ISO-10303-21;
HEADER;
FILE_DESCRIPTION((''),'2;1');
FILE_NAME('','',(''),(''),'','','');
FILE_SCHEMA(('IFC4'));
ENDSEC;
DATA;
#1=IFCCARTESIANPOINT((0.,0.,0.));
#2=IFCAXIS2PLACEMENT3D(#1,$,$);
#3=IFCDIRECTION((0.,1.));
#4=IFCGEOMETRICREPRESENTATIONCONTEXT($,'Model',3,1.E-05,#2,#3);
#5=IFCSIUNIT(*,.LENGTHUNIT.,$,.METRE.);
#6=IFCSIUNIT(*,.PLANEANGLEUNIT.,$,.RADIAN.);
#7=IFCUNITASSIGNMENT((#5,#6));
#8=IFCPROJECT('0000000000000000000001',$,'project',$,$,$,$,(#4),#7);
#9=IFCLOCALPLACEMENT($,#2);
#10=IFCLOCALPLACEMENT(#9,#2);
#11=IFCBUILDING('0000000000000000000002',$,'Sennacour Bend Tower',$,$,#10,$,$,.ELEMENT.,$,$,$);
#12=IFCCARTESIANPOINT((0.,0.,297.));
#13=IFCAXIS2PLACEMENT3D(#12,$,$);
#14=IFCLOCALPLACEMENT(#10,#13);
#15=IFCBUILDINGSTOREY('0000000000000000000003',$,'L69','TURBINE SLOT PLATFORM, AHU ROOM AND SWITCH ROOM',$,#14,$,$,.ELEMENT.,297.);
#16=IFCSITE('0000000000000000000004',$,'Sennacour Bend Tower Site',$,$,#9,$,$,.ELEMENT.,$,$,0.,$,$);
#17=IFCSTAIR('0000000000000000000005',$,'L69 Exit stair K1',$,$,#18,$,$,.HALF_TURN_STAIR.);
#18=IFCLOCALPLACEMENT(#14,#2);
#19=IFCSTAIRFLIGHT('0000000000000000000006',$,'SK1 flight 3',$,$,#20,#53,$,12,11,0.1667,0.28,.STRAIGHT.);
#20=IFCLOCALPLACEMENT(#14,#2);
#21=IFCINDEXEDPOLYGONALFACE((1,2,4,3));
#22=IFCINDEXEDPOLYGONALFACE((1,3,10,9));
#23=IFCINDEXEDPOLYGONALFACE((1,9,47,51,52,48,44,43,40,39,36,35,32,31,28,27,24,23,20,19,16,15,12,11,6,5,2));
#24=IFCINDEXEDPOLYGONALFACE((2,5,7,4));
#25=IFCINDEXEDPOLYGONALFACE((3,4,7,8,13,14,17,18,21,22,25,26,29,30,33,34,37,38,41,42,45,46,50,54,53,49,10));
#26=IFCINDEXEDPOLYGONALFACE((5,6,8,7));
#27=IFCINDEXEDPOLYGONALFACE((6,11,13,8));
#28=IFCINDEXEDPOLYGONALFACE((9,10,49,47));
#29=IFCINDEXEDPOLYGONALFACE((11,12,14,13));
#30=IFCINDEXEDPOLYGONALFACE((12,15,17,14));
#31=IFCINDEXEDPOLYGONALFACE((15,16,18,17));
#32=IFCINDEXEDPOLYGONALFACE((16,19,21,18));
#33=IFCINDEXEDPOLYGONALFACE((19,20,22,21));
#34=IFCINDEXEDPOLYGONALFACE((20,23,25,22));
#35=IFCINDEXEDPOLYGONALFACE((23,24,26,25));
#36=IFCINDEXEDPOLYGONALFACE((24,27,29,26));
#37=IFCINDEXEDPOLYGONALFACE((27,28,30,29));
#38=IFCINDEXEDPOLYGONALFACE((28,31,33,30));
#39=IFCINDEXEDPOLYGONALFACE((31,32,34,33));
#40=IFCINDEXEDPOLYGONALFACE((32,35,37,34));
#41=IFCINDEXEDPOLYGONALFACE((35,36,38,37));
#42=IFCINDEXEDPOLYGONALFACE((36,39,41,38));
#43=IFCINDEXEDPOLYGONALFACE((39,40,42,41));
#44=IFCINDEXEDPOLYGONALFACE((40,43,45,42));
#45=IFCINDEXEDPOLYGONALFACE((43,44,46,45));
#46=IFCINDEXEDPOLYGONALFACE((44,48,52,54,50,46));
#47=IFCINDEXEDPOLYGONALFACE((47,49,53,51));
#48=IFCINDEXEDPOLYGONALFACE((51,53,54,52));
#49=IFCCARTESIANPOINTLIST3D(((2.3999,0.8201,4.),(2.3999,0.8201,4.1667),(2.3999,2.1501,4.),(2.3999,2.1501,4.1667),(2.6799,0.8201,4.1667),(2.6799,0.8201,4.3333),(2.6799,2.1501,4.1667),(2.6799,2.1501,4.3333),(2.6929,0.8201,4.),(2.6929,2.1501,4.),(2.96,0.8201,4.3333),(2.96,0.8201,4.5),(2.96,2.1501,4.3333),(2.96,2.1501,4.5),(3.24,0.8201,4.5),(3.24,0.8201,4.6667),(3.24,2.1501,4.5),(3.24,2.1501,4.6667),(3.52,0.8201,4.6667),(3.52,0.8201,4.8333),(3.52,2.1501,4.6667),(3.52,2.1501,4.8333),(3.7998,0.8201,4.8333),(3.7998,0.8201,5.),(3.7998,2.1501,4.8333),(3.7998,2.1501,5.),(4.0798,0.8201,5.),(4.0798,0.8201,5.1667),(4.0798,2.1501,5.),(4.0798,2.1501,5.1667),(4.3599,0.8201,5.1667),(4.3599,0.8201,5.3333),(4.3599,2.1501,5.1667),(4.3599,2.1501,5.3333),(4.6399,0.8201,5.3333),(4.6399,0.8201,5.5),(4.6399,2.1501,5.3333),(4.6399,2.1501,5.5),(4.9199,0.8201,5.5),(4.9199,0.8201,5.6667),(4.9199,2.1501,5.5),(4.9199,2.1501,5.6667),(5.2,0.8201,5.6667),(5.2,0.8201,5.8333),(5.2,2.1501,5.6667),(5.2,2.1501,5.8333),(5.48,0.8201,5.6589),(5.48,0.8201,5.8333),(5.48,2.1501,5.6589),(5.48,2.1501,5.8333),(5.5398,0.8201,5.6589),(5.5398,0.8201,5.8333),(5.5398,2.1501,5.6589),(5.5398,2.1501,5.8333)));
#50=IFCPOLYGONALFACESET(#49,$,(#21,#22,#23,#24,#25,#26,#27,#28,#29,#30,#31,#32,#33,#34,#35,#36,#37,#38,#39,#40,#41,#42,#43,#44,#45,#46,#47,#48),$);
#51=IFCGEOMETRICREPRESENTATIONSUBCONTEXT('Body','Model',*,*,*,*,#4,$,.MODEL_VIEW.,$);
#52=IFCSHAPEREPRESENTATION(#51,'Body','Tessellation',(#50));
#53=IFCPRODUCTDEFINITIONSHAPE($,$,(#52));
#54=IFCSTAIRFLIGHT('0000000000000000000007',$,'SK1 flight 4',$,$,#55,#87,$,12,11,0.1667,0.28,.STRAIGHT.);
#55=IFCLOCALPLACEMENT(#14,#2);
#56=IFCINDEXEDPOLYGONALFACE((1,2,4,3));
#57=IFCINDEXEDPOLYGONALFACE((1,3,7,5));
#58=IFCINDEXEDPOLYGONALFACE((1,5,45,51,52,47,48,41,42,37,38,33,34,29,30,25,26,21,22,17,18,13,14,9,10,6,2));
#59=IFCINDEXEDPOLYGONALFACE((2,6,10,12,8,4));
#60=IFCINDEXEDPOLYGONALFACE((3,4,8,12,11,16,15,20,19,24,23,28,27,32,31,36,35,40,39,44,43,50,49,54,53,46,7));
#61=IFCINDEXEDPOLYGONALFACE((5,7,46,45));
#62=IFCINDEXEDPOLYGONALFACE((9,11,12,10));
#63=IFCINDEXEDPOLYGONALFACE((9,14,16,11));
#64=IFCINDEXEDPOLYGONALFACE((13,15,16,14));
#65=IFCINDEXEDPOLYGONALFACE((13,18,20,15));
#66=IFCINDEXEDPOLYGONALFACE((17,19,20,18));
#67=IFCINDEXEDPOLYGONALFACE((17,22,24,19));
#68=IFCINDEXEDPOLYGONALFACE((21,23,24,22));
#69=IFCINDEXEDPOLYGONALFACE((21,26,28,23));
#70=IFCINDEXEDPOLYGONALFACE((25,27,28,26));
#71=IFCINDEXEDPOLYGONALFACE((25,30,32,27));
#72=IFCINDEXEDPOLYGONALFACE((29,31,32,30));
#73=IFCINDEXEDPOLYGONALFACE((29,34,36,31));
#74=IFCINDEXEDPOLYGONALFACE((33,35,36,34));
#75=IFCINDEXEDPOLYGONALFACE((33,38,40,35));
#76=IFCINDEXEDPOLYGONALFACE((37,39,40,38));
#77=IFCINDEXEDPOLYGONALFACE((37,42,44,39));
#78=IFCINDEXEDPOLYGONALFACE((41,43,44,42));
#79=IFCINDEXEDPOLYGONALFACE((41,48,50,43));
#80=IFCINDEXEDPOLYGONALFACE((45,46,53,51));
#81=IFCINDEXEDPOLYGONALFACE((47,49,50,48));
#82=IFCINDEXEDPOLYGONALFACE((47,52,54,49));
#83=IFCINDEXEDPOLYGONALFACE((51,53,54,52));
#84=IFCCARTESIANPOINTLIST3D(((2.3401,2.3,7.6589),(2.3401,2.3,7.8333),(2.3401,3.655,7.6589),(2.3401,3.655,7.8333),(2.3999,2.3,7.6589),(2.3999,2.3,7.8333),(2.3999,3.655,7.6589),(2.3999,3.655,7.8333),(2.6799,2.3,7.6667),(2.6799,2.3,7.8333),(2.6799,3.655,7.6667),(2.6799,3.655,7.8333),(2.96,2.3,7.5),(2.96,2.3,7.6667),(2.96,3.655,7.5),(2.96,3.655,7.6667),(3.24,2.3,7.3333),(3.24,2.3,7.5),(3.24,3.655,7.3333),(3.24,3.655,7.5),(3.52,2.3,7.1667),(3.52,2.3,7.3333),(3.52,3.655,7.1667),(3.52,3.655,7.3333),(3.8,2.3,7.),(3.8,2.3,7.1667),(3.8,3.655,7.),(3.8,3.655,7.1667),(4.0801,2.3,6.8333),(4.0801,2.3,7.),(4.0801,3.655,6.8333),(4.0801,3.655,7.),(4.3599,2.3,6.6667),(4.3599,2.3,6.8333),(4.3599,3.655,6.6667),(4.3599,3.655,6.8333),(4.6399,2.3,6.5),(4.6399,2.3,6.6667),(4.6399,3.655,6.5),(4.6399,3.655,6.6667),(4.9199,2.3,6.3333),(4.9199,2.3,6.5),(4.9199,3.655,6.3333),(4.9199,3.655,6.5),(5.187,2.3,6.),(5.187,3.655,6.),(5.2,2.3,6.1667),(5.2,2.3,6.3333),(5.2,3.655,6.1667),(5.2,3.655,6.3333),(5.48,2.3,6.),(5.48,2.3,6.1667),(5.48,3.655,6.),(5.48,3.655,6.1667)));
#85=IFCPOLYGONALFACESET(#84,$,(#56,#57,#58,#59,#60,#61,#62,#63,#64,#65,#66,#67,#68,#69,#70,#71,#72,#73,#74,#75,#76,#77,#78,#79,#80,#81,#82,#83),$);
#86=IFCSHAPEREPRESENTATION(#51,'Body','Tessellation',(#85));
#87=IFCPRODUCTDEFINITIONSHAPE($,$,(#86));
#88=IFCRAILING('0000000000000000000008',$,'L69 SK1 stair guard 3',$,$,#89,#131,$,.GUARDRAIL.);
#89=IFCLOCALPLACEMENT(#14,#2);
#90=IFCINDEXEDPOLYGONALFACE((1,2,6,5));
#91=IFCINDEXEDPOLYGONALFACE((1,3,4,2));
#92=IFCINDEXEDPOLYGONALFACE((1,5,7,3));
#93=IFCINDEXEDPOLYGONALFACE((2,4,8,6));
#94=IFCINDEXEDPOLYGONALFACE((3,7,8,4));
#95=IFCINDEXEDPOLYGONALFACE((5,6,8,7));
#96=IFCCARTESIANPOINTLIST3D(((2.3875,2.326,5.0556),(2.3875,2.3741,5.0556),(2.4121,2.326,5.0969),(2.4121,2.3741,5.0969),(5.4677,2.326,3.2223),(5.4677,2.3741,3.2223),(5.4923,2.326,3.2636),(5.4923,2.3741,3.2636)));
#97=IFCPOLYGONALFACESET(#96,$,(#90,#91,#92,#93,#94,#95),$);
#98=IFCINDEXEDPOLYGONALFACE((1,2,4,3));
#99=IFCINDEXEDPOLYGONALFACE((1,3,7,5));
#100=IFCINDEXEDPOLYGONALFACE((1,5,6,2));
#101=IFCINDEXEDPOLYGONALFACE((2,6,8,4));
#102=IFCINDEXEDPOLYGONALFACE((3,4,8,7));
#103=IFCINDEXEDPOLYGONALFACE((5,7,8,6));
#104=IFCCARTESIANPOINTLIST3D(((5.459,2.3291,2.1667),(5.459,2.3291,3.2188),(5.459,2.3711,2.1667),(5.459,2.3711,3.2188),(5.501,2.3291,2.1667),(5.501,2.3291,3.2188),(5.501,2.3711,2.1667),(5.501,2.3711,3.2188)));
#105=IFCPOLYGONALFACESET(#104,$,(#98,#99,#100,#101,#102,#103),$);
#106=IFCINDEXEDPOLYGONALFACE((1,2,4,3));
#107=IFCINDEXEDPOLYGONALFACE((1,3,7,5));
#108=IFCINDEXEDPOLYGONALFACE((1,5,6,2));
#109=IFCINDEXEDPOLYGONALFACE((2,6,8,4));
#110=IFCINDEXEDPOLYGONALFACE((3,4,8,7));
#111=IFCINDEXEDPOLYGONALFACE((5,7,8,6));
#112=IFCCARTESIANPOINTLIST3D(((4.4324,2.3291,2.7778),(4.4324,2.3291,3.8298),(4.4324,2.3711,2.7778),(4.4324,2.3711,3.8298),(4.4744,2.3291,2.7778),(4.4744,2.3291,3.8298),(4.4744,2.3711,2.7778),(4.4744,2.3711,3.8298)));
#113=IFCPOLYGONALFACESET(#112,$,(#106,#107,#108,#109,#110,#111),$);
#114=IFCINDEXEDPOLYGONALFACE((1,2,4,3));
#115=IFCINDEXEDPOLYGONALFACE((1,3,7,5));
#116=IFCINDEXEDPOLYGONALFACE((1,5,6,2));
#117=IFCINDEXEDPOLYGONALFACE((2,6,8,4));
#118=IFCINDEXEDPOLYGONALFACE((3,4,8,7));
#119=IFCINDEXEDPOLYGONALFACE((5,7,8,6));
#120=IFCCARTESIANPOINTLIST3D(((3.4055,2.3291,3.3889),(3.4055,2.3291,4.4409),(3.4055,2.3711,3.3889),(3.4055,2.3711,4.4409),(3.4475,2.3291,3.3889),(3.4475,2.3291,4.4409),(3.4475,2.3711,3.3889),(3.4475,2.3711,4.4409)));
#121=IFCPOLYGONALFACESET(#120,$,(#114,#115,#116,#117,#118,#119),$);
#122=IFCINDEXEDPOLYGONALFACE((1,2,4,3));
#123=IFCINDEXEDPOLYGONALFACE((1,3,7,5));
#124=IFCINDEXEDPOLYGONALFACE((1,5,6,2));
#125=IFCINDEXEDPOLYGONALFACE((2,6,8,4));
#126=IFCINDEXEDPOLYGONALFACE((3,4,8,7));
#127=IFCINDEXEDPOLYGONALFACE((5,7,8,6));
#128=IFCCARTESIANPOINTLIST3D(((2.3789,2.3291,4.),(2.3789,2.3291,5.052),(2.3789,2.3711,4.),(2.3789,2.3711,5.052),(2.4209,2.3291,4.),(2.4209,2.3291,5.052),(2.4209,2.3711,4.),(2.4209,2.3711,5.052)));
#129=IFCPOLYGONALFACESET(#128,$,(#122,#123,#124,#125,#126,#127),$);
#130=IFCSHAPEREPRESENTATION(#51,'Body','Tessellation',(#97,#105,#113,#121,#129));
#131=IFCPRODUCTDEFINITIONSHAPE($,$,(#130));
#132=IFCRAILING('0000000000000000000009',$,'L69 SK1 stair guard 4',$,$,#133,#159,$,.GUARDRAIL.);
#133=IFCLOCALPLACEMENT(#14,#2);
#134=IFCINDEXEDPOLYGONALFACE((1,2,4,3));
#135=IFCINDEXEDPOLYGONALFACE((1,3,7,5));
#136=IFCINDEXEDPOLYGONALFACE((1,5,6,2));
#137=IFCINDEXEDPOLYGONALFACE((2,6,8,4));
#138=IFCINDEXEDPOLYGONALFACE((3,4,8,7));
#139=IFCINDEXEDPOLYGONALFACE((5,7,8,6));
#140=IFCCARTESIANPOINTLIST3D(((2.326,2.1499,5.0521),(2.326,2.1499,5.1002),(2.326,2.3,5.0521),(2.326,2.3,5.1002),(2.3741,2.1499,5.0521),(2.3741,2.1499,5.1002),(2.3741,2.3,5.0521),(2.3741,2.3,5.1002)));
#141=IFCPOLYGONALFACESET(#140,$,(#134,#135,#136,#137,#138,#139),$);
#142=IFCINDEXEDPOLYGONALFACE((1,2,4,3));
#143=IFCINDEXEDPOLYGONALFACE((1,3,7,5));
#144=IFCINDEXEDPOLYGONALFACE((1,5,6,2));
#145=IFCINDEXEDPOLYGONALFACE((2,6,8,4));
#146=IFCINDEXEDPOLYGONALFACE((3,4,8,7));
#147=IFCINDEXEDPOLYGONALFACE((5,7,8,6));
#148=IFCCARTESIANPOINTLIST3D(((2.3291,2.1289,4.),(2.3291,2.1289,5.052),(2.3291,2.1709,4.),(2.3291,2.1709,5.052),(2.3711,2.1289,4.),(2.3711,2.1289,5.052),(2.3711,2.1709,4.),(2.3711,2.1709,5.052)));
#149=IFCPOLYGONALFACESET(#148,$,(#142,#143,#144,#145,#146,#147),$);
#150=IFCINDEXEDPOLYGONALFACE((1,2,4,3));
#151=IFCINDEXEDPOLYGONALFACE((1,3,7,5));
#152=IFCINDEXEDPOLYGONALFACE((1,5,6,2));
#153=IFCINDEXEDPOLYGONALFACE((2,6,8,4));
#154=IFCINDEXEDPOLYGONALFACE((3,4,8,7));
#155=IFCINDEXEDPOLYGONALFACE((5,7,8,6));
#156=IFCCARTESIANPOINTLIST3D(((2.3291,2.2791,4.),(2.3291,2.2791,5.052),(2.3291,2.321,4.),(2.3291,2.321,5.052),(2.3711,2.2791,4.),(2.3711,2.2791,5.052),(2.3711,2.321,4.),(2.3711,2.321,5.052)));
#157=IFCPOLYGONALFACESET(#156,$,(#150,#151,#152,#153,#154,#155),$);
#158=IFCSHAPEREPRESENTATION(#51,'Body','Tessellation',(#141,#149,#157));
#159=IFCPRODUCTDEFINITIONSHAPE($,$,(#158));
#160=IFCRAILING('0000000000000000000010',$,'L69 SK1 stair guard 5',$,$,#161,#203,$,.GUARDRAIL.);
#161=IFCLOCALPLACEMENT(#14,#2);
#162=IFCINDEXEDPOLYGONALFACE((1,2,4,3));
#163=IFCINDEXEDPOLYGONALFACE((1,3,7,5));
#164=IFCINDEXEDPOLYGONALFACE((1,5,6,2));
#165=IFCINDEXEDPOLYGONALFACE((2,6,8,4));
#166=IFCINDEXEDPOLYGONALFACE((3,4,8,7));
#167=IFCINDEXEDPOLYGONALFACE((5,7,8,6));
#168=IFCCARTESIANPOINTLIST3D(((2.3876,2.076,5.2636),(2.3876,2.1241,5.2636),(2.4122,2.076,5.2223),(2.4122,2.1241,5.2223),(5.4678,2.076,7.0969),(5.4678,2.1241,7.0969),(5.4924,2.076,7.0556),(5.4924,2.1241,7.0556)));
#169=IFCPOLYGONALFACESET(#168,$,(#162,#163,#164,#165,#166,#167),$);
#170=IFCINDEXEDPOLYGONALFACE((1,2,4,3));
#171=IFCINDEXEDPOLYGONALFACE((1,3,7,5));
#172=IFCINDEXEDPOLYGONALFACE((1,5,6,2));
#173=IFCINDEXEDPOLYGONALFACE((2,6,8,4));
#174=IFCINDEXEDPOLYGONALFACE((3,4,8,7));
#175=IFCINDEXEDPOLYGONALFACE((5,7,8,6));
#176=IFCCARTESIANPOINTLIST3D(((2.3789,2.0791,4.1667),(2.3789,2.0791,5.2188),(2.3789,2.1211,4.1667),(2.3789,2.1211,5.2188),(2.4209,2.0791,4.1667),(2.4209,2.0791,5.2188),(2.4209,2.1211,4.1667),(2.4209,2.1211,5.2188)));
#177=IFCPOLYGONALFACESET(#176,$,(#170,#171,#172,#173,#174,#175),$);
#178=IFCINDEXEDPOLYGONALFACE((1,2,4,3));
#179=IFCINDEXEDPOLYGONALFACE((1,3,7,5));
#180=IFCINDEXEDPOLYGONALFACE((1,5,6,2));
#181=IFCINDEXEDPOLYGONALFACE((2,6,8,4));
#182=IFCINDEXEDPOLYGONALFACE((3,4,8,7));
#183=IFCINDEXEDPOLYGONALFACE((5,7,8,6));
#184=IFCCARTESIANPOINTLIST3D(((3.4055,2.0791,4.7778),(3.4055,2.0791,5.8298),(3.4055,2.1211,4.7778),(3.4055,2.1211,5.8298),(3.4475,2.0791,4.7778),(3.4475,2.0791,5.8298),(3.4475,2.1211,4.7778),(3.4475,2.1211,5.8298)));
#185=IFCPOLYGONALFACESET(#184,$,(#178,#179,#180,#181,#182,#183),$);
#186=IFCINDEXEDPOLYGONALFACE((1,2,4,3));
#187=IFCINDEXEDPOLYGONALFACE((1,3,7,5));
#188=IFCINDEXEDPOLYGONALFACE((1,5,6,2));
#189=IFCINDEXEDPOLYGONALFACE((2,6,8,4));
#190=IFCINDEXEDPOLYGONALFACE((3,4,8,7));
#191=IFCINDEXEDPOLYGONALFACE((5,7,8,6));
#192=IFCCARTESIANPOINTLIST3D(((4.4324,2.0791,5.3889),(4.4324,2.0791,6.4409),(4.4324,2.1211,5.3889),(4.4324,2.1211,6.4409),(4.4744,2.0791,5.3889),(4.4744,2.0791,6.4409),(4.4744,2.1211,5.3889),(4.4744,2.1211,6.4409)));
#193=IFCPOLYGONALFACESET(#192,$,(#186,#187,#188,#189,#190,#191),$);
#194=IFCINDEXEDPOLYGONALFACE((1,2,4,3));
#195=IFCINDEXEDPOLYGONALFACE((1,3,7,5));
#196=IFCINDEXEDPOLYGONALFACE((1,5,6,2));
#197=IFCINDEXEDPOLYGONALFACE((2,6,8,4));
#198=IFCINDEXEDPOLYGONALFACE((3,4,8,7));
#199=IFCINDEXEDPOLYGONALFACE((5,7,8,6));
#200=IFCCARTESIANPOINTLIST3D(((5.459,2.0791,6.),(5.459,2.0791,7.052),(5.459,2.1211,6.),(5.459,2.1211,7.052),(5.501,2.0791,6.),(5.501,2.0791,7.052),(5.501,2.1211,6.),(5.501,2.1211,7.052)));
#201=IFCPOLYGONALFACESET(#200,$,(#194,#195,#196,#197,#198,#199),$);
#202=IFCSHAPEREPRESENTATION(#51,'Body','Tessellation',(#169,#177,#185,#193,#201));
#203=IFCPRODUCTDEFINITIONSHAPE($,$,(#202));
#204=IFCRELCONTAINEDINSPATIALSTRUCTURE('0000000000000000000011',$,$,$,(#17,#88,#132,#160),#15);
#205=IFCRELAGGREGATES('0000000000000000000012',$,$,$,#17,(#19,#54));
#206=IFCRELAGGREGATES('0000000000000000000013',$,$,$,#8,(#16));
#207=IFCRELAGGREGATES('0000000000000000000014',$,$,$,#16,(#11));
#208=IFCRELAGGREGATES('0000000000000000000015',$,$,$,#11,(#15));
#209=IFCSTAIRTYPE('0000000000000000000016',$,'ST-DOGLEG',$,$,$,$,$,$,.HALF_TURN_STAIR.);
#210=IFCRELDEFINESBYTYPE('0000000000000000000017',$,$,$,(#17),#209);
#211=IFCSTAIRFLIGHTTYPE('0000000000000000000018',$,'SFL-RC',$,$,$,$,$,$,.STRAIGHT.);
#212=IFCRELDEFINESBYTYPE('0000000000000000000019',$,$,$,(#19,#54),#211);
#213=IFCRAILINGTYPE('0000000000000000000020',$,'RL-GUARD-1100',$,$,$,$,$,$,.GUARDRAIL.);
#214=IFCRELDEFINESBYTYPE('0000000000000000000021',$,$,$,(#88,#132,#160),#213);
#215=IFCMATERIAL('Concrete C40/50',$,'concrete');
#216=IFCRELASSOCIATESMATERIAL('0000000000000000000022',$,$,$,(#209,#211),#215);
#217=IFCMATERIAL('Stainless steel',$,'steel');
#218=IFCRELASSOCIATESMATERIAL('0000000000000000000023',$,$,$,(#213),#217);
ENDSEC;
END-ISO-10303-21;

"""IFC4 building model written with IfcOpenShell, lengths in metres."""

from ifc_helpers import new_model, si_unit, direction, frame, origin, origin_2d, place, context, subcontext, project, spatial, polyline, rectangle, outline, extrude, material, type_object, element, aggregate, save


model = new_model("IFC4")

# Units and contexts
model_context = context("Model", 3, precision=1e-05, world=origin(), true_north=direction((0.0, 1.0)))
body_context = subcontext(model_context, "Body", "Model", "MODEL_VIEW")
ifc_project = project(units=[si_unit("LENGTHUNIT", "METRE"), si_unit("PLANEANGLEUNIT", "RADIAN")], contexts=[model_context])

# Site, building, storey
site_placement = place(None, origin())
site = spatial("IfcSite", under=ifc_project, at=site_placement, Name="Sennacour Bend Tower Site", CompositionType="ELEMENT", RefElevation=0.0)
building_placement = place(site_placement, origin())
building = spatial("IfcBuilding", under=site, at=building_placement, Name="Sennacour Bend Tower", CompositionType="ELEMENT")
storey_placement = place(building_placement, frame((0.0, 0.0, 297.0)))
storey = spatial("IfcBuildingStorey", under=building, at=storey_placement, Name="L69", Description="TURBINE SLOT PLATFORM, AHU ROOM AND SWITCH ROOM", CompositionType="ELEMENT", Elevation=297.0)

# Shared definitions
ifc_material_1 = material(Name="Concrete C40/50", Category="concrete")

# Shared definitions
stair_type = type_object("IfcStairType", Name="ST-DOGLEG", PredefinedType="HALF_TURN_STAIR", material=ifc_material_1)

# Stair, stair flights
stair_1_placement = place(storey_placement, origin())
stair_1 = element("IfcStair", 1, at=stair_1_placement, inside=storey, type_object=stair_type, Name="L69 Exit stair K1", PredefinedType="HALF_TURN_STAIR")
stair_flight_type = type_object("IfcStairFlightType", Name="SFL-RC", PredefinedType="STRAIGHT", material=ifc_material_1)
stair_flight_1_placement = place(storey_placement, frame((2.3999, 1.4851, 4.0), z_axis=(0.0, 0.0, 1.0), x_axis=(1.0, 0.0, 0.0)))
stair_flight_1 = element("IfcStairFlight", 2, at=stair_flight_1_placement, type_object=stair_flight_type, Name="SK1 flight 3", NumberOfRisers=12, NumberOfTreads=11, PredefinedType="STRAIGHT", RiserHeight=0.1667, TreadLength=0.28, context=body_context, shape_type="SweptSolid", body=[
    extrude(outline(polyline([(0.0, 0.0), (0.0, 0.1667), (0.28, 0.1667), (0.28, 0.3333), (0.5601, 0.3333), (0.5601, 0.5), (0.8401, 0.5), (0.8401, 0.6667), (1.1201, 0.6667), (1.1201, 0.8333), (1.3999, 0.8333), (1.3999, 1.0), (1.6799, 1.0), (1.6799, 1.1667), (1.96, 1.1667), (1.96, 1.3333), (2.24, 1.3333), (2.24, 1.5), (2.52, 1.5), (2.52, 1.6667), (2.8, 1.6667), (2.8, 1.8333), (3.0801, 1.8333), (3.1399, 1.8333), (3.1399, 1.6589), (3.0801, 1.6589), (0.293, 0.0), (0.0, 0.0)])), frame((0.0, 0.665, 0.0), z_axis=(0.0, -1.0, 0.0), x_axis=(1.0, 0.0, 0.0)), (0.0, 0.0, 1.0), 1.3301),
])
stair_flight_2_placement = place(storey_placement, frame((5.48, 2.9775, 6.0), z_axis=(0.0, 0.0, 1.0), x_axis=(-1.0, 0.0, 0.0)))
stair_flight_2 = element("IfcStairFlight", 3, at=stair_flight_2_placement, type_object=stair_flight_type, Name="SK1 flight 4", NumberOfRisers=12, NumberOfTreads=11, PredefinedType="STRAIGHT", RiserHeight=0.1667, TreadLength=0.28, context=body_context, shape_type="SweptSolid", body=[
    extrude(outline(polyline([(0.0, 0.0), (0.0, 0.1667), (0.28, 0.1667), (0.28, 0.3333), (0.5601, 0.3333), (0.5601, 0.5), (0.8401, 0.5), (0.8401, 0.6667), (1.1201, 0.6667), (1.1201, 0.8333), (1.3999, 0.8333), (1.3999, 1.0), (1.6799, 1.0), (1.6799, 1.1667), (1.96, 1.1667), (1.96, 1.3333), (2.24, 1.3333), (2.24, 1.5), (2.52, 1.5), (2.52, 1.6667), (2.8, 1.6667), (2.8, 1.8333), (3.0801, 1.8333), (3.1399, 1.8333), (3.1399, 1.6589), (3.0801, 1.6589), (0.293, 0.0), (0.0, 0.0)])), frame((0.0, 0.6775, 0.0), z_axis=(0.0, -1.0, 0.0), x_axis=(1.0, 0.0, 0.0)), (0.0, 0.0, 1.0), 1.355),
])
aggregate(stair_1, [stair_flight_1, stair_flight_2])

# Railings
ifc_material_2 = material(Name="Stainless steel", Category="steel")
railing_type_1 = type_object("IfcRailingType", Name="RL-GUARD-1100", PredefinedType="GUARDRAIL", material=ifc_material_2)
railing_1_placement = place(storey_placement, frame((5.48, 2.3501, 2.1667)))
element("IfcRailing", 4, at=railing_1_placement, inside=storey, type_object=railing_type_1, Name="L69 SK1 stair guard 3", PredefinedType="GUARDRAIL", context=body_context, shape_type="SweptSolid", body=[
    extrude(rectangle(XDim=0.0481, YDim=0.0481, at=origin_2d()), frame((0.0, 0.0, 1.0762), z_axis=(-0.859309, 0.0, 0.511458), x_axis=(0.0, -1.0, 0.0)), (0.0, 0.0, 1.0), 3.5845),
    extrude(rectangle(XDim=0.042, YDim=0.042, at=origin_2d()), origin(), (0.0, 0.0, 1.0), 1.052),
    extrude(rectangle(XDim=0.042, YDim=0.042, at=origin_2d()), frame((-1.0266, 0.0, 0.6111)), (0.0, 0.0, 1.0), 1.052),
    extrude(rectangle(XDim=0.042, YDim=0.042, at=origin_2d()), frame((-2.0535, 0.0, 1.2222)), (0.0, 0.0, 1.0), 1.052),
    extrude(rectangle(XDim=0.042, YDim=0.042, at=origin_2d()), frame((-3.0801, 0.0, 1.8333)), (0.0, 0.0, 1.0), 1.052),
])
railing_2_placement = place(storey_placement, frame((2.3501, 2.1499, 4.0)))
element("IfcRailing", 5, at=railing_2_placement, inside=storey, type_object=railing_type_1, Name="L69 SK1 stair guard 4", PredefinedType="GUARDRAIL", context=body_context, shape_type="SweptSolid", body=[
    extrude(rectangle(XDim=0.0481, YDim=0.0481, at=origin_2d()), frame((0.0, 0.0, 1.0762), z_axis=(0.0, 1.0, 0.0), x_axis=(-1.0, 0.0, 0.0)), (0.0, 0.0, 1.0), 0.1501),
    extrude(rectangle(XDim=0.042, YDim=0.042, at=origin_2d()), origin(), (0.0, 0.0, 1.0), 1.052),
    extrude(rectangle(XDim=0.042, YDim=0.042, at=origin_2d()), frame((0.0, 0.1501, 0.0)), (0.0, 0.0, 1.0), 1.052),
])
railing_3_placement = place(storey_placement, frame((2.3999, 2.1001, 4.1667)))
element("IfcRailing", 6, at=railing_3_placement, inside=storey, type_object=railing_type_1, Name="L69 SK1 stair guard 5", PredefinedType="GUARDRAIL", context=body_context, shape_type="SweptSolid", body=[
    extrude(rectangle(XDim=0.0481, YDim=0.0481, at=origin_2d()), frame((0.0, 0.0, 1.0762), z_axis=(0.859309, 0.0, 0.511458), x_axis=(0.0, 1.0, 0.0)), (0.0, 0.0, 1.0), 3.5845),
    extrude(rectangle(XDim=0.042, YDim=0.042, at=origin_2d()), origin(), (0.0, 0.0, 1.0), 1.052),
    extrude(rectangle(XDim=0.042, YDim=0.042, at=origin_2d()), frame((1.0266, 0.0, 0.6111)), (0.0, 0.0, 1.0), 1.052),
    extrude(rectangle(XDim=0.042, YDim=0.042, at=origin_2d()), frame((2.0535, 0.0, 1.2222)), (0.0, 0.0, 1.0), 1.052),
    extrude(rectangle(XDim=0.042, YDim=0.042, at=origin_2d()), frame((3.0801, 0.0, 1.8333)), (0.0, 0.0, 1.0), 1.052),
])

save(model, "model.ifc")
